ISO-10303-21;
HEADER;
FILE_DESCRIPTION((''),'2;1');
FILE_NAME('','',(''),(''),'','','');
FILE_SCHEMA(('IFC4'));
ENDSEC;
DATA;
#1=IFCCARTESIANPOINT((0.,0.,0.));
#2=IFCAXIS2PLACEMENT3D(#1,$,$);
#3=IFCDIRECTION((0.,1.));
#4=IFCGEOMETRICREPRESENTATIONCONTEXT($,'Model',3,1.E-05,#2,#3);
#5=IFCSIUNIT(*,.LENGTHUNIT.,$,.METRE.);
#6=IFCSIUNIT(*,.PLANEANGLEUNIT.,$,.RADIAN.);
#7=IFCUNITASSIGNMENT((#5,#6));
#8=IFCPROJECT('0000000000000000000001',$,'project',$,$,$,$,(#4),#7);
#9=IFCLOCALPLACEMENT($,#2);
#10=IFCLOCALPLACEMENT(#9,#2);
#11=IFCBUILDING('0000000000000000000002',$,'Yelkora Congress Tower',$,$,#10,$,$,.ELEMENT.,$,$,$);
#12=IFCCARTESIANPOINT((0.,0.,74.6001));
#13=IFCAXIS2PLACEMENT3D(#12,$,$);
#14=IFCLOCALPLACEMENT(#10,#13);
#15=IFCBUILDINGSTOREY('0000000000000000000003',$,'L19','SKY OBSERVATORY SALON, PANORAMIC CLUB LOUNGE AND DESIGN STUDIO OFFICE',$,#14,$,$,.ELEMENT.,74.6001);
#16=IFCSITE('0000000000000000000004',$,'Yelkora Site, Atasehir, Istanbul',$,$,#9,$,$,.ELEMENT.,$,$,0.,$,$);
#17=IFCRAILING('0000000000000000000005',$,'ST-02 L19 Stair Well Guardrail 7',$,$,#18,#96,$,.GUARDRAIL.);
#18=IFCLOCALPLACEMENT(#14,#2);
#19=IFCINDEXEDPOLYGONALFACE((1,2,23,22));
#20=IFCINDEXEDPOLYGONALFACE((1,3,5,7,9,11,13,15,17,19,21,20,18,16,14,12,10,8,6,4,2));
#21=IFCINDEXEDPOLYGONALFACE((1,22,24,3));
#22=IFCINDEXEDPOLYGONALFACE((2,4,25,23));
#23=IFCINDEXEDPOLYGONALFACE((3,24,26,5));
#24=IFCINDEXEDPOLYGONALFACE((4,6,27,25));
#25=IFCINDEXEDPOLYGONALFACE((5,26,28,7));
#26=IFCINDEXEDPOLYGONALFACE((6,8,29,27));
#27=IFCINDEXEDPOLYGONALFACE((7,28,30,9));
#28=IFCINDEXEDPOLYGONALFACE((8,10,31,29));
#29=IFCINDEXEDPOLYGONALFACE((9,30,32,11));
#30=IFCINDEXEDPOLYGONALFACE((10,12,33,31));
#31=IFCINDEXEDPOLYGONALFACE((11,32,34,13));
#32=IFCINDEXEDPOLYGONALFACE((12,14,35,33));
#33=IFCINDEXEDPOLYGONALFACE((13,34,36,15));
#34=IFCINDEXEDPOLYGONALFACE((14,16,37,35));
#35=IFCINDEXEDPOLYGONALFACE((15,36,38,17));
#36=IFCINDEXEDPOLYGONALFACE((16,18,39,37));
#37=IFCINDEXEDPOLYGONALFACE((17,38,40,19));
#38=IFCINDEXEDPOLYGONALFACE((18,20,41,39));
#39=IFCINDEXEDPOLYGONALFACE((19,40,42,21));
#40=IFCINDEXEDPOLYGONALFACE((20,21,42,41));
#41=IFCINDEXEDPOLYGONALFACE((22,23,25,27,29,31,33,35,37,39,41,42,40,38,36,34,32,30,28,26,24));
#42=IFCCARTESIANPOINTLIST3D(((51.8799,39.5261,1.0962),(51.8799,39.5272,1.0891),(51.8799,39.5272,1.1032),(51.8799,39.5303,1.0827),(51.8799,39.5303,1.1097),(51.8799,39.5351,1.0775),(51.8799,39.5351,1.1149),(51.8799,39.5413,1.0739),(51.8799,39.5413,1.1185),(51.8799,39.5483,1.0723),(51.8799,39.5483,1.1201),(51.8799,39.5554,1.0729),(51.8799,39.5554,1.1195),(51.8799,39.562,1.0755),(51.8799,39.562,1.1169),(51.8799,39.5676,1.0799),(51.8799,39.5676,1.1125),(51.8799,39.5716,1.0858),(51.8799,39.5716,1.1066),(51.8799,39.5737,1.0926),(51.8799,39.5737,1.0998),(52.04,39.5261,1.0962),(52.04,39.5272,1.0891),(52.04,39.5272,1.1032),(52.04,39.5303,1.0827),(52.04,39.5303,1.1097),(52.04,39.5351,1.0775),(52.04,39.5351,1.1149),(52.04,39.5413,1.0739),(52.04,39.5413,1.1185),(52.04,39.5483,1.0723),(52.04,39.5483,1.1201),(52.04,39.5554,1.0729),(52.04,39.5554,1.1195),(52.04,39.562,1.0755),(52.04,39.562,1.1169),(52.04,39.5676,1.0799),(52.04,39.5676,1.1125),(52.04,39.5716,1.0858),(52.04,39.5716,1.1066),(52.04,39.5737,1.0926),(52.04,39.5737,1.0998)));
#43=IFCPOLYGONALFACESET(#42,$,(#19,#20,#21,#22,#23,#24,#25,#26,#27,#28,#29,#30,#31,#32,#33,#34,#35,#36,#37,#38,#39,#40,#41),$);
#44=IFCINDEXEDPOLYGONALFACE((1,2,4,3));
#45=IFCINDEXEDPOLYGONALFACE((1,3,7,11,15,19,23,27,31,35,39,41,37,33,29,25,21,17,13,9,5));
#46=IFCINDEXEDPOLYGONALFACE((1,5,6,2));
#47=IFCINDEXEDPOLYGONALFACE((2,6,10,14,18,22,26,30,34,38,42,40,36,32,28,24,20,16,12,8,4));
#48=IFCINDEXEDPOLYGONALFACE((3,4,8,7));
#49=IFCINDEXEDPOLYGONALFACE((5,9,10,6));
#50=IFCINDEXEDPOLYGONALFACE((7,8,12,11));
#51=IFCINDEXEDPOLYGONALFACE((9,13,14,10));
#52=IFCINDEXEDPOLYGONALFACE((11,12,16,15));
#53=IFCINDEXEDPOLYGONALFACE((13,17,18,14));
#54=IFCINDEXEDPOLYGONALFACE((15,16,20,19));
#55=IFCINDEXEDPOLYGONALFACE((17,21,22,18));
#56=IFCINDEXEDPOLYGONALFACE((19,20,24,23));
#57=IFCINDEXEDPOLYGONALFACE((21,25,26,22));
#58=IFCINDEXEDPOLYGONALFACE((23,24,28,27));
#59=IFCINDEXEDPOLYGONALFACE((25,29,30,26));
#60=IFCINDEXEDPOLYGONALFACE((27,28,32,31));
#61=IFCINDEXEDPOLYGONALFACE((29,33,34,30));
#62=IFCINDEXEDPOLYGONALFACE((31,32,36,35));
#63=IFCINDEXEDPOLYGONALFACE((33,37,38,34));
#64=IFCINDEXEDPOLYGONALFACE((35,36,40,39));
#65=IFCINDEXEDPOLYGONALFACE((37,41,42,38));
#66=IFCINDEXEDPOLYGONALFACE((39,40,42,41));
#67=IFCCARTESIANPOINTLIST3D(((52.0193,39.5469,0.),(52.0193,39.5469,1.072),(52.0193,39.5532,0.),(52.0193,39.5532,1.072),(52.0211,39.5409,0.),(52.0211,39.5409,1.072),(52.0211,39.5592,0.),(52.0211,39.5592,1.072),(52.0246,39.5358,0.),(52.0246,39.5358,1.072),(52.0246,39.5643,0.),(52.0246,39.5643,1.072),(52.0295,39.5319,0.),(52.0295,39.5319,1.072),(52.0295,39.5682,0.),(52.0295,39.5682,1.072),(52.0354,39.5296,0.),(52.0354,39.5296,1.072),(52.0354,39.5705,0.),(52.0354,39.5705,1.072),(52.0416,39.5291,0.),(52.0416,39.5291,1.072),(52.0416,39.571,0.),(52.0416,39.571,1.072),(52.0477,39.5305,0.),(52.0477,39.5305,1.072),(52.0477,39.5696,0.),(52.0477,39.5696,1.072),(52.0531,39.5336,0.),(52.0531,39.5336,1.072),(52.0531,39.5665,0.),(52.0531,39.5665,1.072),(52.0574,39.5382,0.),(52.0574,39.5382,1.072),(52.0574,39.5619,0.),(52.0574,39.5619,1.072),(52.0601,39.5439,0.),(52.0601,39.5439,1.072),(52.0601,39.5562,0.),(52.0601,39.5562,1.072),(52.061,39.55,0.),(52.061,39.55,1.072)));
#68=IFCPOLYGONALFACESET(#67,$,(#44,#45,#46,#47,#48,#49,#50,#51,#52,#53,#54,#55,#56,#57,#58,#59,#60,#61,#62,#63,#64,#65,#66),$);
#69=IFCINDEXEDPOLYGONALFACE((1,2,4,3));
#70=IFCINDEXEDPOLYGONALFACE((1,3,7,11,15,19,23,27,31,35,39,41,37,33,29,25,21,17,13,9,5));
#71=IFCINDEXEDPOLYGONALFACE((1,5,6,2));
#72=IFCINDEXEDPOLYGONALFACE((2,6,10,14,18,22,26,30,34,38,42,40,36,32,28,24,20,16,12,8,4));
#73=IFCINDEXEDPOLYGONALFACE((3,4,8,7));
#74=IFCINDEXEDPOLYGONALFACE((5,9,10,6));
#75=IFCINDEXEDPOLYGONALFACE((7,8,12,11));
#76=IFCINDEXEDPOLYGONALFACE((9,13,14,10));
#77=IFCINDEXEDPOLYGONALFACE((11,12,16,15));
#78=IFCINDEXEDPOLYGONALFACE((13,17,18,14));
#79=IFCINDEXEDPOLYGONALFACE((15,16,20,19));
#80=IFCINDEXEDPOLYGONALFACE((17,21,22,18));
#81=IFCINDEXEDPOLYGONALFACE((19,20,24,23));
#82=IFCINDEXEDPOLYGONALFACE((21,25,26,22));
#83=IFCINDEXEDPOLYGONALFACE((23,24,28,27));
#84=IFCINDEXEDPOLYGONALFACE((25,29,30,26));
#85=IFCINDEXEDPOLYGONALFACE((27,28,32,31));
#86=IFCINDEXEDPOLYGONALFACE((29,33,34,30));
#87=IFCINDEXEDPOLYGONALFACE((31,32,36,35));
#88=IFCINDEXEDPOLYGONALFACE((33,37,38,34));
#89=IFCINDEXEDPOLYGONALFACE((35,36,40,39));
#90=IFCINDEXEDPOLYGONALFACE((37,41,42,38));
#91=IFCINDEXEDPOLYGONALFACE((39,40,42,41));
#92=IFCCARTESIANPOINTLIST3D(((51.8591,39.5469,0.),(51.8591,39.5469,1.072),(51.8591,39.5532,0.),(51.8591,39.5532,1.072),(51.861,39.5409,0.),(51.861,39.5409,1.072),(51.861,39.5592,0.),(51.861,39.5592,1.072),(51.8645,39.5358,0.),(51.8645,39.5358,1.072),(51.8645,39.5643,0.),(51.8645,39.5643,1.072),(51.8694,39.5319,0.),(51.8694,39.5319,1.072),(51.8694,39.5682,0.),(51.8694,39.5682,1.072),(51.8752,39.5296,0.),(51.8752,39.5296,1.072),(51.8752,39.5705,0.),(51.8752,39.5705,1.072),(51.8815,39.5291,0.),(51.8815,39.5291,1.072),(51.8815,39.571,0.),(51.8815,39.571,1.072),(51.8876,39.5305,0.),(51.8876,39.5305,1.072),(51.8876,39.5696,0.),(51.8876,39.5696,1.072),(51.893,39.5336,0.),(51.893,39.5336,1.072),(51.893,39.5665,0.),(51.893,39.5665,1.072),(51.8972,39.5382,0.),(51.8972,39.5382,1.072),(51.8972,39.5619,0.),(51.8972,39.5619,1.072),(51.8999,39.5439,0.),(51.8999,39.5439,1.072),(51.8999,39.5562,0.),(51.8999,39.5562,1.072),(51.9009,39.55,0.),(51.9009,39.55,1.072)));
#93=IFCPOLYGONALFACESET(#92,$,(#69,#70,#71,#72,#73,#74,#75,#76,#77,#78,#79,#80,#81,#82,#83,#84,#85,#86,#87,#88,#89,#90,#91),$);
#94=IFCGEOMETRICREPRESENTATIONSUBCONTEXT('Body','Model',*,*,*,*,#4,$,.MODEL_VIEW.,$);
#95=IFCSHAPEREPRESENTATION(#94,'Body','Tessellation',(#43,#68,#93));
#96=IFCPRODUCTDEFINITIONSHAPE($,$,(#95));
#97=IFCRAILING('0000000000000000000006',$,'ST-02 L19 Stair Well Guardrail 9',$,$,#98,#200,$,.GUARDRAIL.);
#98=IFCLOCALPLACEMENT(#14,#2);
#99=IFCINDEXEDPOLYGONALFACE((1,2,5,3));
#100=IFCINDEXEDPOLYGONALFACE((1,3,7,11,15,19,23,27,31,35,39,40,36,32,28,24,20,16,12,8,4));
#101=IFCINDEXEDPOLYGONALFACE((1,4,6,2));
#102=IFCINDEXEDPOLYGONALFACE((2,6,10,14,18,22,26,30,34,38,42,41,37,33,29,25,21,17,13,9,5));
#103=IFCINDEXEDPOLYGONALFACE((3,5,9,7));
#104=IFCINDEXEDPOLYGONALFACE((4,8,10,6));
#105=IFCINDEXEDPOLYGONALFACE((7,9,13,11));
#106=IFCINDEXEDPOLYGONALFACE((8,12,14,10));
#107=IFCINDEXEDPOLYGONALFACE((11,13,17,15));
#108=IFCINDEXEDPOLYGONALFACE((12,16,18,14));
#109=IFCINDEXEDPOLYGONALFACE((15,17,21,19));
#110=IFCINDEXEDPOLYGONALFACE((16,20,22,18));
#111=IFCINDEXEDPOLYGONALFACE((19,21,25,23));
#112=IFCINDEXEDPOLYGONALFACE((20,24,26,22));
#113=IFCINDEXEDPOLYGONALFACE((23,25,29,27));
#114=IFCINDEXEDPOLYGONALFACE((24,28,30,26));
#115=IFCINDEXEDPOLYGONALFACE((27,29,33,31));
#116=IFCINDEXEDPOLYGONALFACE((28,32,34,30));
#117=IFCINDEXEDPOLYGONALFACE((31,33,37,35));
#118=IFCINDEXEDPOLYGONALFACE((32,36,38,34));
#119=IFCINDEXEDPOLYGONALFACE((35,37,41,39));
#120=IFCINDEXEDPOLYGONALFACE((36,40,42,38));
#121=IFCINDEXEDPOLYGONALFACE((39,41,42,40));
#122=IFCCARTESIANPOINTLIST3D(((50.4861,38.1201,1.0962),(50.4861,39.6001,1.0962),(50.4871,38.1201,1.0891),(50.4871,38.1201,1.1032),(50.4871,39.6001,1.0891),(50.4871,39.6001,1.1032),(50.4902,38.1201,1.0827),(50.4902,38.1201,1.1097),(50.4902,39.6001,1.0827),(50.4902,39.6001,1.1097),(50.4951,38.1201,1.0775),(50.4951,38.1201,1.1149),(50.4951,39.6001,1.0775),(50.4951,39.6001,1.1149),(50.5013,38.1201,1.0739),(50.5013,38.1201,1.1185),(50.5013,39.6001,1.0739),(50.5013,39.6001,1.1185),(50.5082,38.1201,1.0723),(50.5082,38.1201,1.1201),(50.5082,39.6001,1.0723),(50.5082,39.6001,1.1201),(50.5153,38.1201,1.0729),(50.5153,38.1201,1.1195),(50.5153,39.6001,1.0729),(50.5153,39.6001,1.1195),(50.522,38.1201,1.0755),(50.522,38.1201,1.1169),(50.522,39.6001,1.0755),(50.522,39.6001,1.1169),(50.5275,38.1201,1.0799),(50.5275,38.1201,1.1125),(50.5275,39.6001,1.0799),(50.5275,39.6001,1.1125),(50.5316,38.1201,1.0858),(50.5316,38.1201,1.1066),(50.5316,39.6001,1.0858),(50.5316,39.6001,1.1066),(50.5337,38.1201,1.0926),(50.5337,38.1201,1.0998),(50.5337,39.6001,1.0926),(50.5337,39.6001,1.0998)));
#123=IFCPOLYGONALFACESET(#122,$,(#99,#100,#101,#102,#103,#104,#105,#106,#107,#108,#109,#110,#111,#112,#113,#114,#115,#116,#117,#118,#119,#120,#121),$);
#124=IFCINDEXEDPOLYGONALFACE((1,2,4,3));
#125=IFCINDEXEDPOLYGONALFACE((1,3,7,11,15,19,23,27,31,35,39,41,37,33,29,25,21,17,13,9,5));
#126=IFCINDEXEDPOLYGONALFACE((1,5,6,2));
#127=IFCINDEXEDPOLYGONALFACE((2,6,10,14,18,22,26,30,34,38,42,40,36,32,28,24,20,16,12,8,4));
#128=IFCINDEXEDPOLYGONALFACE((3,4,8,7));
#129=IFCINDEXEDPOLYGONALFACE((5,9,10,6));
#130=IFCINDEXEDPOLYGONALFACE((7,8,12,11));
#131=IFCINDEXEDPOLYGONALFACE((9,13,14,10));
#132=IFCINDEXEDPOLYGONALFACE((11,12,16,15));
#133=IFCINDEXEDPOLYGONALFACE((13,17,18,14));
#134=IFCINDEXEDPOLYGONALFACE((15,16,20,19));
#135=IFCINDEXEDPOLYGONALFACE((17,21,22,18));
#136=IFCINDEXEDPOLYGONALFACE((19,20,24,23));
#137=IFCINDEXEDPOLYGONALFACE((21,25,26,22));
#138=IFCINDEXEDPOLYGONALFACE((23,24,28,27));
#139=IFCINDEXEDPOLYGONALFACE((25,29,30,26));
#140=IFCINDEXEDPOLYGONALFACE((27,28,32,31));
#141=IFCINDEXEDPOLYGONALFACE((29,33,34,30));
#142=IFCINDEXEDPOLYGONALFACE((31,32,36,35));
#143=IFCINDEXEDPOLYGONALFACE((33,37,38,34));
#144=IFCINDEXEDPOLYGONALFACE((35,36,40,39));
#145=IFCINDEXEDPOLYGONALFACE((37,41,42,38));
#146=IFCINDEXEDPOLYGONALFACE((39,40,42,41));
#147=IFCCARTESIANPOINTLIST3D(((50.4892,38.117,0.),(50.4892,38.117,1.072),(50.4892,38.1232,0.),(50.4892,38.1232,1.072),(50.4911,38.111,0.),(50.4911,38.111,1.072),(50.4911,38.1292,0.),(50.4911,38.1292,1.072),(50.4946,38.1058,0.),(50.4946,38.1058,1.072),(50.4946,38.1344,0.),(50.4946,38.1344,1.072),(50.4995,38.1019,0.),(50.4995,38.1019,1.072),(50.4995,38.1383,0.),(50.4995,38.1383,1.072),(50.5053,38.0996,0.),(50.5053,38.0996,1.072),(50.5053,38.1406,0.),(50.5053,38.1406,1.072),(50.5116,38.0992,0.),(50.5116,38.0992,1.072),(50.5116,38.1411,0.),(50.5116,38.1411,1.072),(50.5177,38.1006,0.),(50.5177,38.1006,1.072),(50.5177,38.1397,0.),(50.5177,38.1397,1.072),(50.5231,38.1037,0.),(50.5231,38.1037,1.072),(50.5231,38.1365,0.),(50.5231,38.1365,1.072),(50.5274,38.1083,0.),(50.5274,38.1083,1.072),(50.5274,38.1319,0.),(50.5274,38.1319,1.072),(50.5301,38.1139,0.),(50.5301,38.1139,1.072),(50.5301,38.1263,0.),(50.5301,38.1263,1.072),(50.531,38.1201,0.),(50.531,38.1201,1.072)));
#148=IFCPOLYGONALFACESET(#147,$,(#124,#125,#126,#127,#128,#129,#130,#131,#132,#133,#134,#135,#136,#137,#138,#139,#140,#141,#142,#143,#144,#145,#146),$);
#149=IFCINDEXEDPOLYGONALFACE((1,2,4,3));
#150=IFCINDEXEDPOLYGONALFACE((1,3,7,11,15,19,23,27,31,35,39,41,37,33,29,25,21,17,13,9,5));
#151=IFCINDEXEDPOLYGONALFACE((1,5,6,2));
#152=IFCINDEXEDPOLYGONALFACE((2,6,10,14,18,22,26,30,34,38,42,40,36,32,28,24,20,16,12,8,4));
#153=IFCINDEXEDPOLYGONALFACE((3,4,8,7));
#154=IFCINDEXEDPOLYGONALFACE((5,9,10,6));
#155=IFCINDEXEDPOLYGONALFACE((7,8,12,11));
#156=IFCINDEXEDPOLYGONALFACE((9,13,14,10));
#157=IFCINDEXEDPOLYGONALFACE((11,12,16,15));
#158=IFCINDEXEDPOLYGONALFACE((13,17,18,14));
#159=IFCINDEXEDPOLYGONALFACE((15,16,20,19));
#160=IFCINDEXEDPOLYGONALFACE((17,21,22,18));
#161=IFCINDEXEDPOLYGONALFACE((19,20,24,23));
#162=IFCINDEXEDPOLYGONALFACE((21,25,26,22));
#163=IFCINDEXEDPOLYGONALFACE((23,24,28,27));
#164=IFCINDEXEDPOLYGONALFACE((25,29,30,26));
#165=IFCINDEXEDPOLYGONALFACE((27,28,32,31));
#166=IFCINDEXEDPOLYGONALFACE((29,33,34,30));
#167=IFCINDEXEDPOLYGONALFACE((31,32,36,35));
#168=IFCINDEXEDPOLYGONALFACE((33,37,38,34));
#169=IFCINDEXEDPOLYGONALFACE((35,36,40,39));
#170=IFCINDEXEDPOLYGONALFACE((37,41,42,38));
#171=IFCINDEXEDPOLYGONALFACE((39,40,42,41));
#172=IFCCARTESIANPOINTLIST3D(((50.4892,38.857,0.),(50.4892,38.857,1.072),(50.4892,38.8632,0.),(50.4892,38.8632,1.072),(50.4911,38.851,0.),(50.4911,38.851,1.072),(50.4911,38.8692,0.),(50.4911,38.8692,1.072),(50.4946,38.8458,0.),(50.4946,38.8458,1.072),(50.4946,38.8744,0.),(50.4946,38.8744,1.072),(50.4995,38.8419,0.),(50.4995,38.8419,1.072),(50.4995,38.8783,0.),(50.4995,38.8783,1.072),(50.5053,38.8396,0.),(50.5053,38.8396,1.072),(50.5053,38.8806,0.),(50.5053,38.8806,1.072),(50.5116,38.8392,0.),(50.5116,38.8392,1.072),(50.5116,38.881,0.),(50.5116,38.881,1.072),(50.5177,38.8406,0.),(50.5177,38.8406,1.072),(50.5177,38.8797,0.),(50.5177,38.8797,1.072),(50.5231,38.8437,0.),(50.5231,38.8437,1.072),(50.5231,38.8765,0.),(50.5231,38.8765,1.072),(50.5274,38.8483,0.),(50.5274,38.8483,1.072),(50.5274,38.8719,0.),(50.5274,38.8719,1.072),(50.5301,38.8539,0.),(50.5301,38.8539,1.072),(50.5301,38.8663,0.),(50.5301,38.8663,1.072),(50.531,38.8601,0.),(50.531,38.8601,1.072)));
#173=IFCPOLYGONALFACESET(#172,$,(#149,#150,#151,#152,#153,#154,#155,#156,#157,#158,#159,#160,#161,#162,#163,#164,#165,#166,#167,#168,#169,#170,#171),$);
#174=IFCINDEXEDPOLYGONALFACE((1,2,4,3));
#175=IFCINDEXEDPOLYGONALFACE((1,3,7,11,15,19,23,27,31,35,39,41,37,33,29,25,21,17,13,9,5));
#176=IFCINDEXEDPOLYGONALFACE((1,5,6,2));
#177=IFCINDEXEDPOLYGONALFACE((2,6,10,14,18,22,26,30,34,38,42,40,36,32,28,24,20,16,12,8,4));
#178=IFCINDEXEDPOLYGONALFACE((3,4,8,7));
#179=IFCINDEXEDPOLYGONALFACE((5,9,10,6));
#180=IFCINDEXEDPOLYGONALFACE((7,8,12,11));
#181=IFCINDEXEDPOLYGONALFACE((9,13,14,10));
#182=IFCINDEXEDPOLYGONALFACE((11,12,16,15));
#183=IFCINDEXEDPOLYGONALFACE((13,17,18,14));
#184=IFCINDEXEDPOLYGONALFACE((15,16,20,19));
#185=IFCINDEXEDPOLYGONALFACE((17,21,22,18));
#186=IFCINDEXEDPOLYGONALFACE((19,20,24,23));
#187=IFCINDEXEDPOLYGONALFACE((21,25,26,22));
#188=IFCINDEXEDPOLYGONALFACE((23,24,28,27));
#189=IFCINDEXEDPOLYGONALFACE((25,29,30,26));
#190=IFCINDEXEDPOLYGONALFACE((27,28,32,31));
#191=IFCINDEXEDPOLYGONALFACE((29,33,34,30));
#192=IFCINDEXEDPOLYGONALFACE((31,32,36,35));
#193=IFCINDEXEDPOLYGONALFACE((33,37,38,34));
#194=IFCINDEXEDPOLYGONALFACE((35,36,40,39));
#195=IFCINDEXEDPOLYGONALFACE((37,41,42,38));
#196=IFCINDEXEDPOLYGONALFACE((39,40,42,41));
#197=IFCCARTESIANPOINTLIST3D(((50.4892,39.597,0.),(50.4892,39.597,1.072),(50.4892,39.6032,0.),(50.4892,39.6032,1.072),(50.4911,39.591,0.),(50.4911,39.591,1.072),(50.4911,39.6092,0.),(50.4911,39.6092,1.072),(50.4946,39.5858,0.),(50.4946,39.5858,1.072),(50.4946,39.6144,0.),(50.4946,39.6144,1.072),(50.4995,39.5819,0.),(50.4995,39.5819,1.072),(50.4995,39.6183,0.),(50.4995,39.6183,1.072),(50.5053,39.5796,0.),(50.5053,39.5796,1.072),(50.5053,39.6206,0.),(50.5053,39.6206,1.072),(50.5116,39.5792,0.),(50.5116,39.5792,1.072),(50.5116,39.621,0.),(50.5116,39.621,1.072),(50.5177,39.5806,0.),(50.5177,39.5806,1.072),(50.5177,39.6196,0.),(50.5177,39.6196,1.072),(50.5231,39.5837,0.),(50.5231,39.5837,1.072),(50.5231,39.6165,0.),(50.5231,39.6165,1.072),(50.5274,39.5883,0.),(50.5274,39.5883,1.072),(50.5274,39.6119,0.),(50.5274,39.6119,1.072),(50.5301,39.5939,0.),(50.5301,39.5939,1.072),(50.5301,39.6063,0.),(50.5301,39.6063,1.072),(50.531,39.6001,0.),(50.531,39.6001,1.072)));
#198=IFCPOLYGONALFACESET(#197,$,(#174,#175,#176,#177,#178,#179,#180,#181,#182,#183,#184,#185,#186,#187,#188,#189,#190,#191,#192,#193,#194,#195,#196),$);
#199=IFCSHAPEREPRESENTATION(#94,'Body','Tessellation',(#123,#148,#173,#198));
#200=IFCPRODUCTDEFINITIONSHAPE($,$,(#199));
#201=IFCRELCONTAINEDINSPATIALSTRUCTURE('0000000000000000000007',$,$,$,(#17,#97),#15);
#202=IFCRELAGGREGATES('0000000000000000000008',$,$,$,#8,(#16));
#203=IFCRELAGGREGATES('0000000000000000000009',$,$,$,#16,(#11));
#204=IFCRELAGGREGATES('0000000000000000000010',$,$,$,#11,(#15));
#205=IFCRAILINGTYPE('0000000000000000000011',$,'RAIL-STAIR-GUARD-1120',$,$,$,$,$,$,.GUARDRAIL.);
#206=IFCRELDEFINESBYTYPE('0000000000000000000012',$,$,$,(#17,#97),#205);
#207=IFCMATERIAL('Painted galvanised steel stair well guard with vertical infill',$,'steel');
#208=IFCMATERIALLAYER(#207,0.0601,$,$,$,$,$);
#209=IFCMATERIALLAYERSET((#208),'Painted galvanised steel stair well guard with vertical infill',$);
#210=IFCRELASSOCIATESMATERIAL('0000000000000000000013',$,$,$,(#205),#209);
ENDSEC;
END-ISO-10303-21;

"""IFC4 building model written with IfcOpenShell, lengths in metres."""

from ifc_helpers import new_model, si_unit, direction, frame, origin, origin_2d, place, context, subcontext, project, spatial, circle, extrude, material, layer, layer_set, type_object, element, save


model = new_model("IFC4")

# Units and contexts
model_context = context("Model", 3, precision=1e-05, world=origin(), true_north=direction((0.0, 1.0)))
body_context = subcontext(model_context, "Body", "Model", "MODEL_VIEW")
ifc_project = project(units=[si_unit("LENGTHUNIT", "METRE"), si_unit("PLANEANGLEUNIT", "RADIAN")], contexts=[model_context])

# Site, building, storey
site_placement = place(None, origin())
site = spatial("IfcSite", under=ifc_project, at=site_placement, Name="Yelkora Site, Atasehir, Istanbul", CompositionType="ELEMENT", RefElevation=0.0)
building_placement = place(site_placement, origin())
building = spatial("IfcBuilding", under=site, at=building_placement, Name="Yelkora Congress Tower", CompositionType="ELEMENT")
storey_placement = place(building_placement, frame((0.0, 0.0, 74.6001)))
storey = spatial("IfcBuildingStorey", under=building, at=storey_placement, Name="L19", Description="SKY OBSERVATORY SALON, PANORAMIC CLUB LOUNGE AND DESIGN STUDIO OFFICE", CompositionType="ELEMENT", Elevation=74.6001)

# Railings
ifc_material_1 = material(Name="Painted galvanised steel stair well guard with vertical infill", Category="steel")
ifc_layer_1 = layer(ifc_material_1, 0.0601)
ifc_layer_set_1 = layer_set([ifc_layer_1], Name="Painted galvanised steel stair well guard with vertical infill")
railing_type_1 = type_object("IfcRailingType", Name="RAIL-STAIR-GUARD-1120", PredefinedType="GUARDRAIL", material=ifc_layer_set_1)
railing_1_placement = place(storey_placement, frame((52.04, 39.55, 0.0)))
element("IfcRailing", 1, at=railing_1_placement, inside=storey, type_object=railing_type_1, Name="ST-02 L19 Stair Well Guardrail 7", PredefinedType="GUARDRAIL", context=body_context, shape_type="SweptSolid", body=[
    extrude(circle(Radius=0.0239, at=origin_2d()), frame((0.0, 0.0, 1.0962), z_axis=(-1.0, 0.0, 0.0), x_axis=(0.0, -1.0, 0.0)), (0.0, 0.0, 1.0), 0.1602),
    extrude(circle(Radius=0.021, at=origin_2d()), origin(), (0.0, 0.0, 1.0), 1.072),
    extrude(circle(Radius=0.021, at=origin_2d()), frame((-0.1602, 0.0, 0.0)), (0.0, 0.0, 1.0), 1.072),
])
railing_2_placement = place(storey_placement, frame((50.51, 38.1201, 0.0)))
element("IfcRailing", 2, at=railing_2_placement, inside=storey, type_object=railing_type_1, Name="ST-02 L19 Stair Well Guardrail 9", PredefinedType="GUARDRAIL", context=body_context, shape_type="SweptSolid", body=[
    extrude(circle(Radius=0.0239, at=origin_2d()), frame((0.0, 0.0, 1.0962), z_axis=(0.0, 1.0, 0.0), x_axis=(-1.0, 0.0, 0.0)), (0.0, 0.0, 1.0), 1.48),
    extrude(circle(Radius=0.021, at=origin_2d()), origin(), (0.0, 0.0, 1.0), 1.072),
    extrude(circle(Radius=0.021, at=origin_2d()), frame((0.0, 0.74, 0.0)), (0.0, 0.0, 1.0), 1.072),
    extrude(circle(Radius=0.021, at=origin_2d()), frame((0.0, 1.48, 0.0)), (0.0, 0.0, 1.0), 1.072),
])

save(model, "model.ifc")
